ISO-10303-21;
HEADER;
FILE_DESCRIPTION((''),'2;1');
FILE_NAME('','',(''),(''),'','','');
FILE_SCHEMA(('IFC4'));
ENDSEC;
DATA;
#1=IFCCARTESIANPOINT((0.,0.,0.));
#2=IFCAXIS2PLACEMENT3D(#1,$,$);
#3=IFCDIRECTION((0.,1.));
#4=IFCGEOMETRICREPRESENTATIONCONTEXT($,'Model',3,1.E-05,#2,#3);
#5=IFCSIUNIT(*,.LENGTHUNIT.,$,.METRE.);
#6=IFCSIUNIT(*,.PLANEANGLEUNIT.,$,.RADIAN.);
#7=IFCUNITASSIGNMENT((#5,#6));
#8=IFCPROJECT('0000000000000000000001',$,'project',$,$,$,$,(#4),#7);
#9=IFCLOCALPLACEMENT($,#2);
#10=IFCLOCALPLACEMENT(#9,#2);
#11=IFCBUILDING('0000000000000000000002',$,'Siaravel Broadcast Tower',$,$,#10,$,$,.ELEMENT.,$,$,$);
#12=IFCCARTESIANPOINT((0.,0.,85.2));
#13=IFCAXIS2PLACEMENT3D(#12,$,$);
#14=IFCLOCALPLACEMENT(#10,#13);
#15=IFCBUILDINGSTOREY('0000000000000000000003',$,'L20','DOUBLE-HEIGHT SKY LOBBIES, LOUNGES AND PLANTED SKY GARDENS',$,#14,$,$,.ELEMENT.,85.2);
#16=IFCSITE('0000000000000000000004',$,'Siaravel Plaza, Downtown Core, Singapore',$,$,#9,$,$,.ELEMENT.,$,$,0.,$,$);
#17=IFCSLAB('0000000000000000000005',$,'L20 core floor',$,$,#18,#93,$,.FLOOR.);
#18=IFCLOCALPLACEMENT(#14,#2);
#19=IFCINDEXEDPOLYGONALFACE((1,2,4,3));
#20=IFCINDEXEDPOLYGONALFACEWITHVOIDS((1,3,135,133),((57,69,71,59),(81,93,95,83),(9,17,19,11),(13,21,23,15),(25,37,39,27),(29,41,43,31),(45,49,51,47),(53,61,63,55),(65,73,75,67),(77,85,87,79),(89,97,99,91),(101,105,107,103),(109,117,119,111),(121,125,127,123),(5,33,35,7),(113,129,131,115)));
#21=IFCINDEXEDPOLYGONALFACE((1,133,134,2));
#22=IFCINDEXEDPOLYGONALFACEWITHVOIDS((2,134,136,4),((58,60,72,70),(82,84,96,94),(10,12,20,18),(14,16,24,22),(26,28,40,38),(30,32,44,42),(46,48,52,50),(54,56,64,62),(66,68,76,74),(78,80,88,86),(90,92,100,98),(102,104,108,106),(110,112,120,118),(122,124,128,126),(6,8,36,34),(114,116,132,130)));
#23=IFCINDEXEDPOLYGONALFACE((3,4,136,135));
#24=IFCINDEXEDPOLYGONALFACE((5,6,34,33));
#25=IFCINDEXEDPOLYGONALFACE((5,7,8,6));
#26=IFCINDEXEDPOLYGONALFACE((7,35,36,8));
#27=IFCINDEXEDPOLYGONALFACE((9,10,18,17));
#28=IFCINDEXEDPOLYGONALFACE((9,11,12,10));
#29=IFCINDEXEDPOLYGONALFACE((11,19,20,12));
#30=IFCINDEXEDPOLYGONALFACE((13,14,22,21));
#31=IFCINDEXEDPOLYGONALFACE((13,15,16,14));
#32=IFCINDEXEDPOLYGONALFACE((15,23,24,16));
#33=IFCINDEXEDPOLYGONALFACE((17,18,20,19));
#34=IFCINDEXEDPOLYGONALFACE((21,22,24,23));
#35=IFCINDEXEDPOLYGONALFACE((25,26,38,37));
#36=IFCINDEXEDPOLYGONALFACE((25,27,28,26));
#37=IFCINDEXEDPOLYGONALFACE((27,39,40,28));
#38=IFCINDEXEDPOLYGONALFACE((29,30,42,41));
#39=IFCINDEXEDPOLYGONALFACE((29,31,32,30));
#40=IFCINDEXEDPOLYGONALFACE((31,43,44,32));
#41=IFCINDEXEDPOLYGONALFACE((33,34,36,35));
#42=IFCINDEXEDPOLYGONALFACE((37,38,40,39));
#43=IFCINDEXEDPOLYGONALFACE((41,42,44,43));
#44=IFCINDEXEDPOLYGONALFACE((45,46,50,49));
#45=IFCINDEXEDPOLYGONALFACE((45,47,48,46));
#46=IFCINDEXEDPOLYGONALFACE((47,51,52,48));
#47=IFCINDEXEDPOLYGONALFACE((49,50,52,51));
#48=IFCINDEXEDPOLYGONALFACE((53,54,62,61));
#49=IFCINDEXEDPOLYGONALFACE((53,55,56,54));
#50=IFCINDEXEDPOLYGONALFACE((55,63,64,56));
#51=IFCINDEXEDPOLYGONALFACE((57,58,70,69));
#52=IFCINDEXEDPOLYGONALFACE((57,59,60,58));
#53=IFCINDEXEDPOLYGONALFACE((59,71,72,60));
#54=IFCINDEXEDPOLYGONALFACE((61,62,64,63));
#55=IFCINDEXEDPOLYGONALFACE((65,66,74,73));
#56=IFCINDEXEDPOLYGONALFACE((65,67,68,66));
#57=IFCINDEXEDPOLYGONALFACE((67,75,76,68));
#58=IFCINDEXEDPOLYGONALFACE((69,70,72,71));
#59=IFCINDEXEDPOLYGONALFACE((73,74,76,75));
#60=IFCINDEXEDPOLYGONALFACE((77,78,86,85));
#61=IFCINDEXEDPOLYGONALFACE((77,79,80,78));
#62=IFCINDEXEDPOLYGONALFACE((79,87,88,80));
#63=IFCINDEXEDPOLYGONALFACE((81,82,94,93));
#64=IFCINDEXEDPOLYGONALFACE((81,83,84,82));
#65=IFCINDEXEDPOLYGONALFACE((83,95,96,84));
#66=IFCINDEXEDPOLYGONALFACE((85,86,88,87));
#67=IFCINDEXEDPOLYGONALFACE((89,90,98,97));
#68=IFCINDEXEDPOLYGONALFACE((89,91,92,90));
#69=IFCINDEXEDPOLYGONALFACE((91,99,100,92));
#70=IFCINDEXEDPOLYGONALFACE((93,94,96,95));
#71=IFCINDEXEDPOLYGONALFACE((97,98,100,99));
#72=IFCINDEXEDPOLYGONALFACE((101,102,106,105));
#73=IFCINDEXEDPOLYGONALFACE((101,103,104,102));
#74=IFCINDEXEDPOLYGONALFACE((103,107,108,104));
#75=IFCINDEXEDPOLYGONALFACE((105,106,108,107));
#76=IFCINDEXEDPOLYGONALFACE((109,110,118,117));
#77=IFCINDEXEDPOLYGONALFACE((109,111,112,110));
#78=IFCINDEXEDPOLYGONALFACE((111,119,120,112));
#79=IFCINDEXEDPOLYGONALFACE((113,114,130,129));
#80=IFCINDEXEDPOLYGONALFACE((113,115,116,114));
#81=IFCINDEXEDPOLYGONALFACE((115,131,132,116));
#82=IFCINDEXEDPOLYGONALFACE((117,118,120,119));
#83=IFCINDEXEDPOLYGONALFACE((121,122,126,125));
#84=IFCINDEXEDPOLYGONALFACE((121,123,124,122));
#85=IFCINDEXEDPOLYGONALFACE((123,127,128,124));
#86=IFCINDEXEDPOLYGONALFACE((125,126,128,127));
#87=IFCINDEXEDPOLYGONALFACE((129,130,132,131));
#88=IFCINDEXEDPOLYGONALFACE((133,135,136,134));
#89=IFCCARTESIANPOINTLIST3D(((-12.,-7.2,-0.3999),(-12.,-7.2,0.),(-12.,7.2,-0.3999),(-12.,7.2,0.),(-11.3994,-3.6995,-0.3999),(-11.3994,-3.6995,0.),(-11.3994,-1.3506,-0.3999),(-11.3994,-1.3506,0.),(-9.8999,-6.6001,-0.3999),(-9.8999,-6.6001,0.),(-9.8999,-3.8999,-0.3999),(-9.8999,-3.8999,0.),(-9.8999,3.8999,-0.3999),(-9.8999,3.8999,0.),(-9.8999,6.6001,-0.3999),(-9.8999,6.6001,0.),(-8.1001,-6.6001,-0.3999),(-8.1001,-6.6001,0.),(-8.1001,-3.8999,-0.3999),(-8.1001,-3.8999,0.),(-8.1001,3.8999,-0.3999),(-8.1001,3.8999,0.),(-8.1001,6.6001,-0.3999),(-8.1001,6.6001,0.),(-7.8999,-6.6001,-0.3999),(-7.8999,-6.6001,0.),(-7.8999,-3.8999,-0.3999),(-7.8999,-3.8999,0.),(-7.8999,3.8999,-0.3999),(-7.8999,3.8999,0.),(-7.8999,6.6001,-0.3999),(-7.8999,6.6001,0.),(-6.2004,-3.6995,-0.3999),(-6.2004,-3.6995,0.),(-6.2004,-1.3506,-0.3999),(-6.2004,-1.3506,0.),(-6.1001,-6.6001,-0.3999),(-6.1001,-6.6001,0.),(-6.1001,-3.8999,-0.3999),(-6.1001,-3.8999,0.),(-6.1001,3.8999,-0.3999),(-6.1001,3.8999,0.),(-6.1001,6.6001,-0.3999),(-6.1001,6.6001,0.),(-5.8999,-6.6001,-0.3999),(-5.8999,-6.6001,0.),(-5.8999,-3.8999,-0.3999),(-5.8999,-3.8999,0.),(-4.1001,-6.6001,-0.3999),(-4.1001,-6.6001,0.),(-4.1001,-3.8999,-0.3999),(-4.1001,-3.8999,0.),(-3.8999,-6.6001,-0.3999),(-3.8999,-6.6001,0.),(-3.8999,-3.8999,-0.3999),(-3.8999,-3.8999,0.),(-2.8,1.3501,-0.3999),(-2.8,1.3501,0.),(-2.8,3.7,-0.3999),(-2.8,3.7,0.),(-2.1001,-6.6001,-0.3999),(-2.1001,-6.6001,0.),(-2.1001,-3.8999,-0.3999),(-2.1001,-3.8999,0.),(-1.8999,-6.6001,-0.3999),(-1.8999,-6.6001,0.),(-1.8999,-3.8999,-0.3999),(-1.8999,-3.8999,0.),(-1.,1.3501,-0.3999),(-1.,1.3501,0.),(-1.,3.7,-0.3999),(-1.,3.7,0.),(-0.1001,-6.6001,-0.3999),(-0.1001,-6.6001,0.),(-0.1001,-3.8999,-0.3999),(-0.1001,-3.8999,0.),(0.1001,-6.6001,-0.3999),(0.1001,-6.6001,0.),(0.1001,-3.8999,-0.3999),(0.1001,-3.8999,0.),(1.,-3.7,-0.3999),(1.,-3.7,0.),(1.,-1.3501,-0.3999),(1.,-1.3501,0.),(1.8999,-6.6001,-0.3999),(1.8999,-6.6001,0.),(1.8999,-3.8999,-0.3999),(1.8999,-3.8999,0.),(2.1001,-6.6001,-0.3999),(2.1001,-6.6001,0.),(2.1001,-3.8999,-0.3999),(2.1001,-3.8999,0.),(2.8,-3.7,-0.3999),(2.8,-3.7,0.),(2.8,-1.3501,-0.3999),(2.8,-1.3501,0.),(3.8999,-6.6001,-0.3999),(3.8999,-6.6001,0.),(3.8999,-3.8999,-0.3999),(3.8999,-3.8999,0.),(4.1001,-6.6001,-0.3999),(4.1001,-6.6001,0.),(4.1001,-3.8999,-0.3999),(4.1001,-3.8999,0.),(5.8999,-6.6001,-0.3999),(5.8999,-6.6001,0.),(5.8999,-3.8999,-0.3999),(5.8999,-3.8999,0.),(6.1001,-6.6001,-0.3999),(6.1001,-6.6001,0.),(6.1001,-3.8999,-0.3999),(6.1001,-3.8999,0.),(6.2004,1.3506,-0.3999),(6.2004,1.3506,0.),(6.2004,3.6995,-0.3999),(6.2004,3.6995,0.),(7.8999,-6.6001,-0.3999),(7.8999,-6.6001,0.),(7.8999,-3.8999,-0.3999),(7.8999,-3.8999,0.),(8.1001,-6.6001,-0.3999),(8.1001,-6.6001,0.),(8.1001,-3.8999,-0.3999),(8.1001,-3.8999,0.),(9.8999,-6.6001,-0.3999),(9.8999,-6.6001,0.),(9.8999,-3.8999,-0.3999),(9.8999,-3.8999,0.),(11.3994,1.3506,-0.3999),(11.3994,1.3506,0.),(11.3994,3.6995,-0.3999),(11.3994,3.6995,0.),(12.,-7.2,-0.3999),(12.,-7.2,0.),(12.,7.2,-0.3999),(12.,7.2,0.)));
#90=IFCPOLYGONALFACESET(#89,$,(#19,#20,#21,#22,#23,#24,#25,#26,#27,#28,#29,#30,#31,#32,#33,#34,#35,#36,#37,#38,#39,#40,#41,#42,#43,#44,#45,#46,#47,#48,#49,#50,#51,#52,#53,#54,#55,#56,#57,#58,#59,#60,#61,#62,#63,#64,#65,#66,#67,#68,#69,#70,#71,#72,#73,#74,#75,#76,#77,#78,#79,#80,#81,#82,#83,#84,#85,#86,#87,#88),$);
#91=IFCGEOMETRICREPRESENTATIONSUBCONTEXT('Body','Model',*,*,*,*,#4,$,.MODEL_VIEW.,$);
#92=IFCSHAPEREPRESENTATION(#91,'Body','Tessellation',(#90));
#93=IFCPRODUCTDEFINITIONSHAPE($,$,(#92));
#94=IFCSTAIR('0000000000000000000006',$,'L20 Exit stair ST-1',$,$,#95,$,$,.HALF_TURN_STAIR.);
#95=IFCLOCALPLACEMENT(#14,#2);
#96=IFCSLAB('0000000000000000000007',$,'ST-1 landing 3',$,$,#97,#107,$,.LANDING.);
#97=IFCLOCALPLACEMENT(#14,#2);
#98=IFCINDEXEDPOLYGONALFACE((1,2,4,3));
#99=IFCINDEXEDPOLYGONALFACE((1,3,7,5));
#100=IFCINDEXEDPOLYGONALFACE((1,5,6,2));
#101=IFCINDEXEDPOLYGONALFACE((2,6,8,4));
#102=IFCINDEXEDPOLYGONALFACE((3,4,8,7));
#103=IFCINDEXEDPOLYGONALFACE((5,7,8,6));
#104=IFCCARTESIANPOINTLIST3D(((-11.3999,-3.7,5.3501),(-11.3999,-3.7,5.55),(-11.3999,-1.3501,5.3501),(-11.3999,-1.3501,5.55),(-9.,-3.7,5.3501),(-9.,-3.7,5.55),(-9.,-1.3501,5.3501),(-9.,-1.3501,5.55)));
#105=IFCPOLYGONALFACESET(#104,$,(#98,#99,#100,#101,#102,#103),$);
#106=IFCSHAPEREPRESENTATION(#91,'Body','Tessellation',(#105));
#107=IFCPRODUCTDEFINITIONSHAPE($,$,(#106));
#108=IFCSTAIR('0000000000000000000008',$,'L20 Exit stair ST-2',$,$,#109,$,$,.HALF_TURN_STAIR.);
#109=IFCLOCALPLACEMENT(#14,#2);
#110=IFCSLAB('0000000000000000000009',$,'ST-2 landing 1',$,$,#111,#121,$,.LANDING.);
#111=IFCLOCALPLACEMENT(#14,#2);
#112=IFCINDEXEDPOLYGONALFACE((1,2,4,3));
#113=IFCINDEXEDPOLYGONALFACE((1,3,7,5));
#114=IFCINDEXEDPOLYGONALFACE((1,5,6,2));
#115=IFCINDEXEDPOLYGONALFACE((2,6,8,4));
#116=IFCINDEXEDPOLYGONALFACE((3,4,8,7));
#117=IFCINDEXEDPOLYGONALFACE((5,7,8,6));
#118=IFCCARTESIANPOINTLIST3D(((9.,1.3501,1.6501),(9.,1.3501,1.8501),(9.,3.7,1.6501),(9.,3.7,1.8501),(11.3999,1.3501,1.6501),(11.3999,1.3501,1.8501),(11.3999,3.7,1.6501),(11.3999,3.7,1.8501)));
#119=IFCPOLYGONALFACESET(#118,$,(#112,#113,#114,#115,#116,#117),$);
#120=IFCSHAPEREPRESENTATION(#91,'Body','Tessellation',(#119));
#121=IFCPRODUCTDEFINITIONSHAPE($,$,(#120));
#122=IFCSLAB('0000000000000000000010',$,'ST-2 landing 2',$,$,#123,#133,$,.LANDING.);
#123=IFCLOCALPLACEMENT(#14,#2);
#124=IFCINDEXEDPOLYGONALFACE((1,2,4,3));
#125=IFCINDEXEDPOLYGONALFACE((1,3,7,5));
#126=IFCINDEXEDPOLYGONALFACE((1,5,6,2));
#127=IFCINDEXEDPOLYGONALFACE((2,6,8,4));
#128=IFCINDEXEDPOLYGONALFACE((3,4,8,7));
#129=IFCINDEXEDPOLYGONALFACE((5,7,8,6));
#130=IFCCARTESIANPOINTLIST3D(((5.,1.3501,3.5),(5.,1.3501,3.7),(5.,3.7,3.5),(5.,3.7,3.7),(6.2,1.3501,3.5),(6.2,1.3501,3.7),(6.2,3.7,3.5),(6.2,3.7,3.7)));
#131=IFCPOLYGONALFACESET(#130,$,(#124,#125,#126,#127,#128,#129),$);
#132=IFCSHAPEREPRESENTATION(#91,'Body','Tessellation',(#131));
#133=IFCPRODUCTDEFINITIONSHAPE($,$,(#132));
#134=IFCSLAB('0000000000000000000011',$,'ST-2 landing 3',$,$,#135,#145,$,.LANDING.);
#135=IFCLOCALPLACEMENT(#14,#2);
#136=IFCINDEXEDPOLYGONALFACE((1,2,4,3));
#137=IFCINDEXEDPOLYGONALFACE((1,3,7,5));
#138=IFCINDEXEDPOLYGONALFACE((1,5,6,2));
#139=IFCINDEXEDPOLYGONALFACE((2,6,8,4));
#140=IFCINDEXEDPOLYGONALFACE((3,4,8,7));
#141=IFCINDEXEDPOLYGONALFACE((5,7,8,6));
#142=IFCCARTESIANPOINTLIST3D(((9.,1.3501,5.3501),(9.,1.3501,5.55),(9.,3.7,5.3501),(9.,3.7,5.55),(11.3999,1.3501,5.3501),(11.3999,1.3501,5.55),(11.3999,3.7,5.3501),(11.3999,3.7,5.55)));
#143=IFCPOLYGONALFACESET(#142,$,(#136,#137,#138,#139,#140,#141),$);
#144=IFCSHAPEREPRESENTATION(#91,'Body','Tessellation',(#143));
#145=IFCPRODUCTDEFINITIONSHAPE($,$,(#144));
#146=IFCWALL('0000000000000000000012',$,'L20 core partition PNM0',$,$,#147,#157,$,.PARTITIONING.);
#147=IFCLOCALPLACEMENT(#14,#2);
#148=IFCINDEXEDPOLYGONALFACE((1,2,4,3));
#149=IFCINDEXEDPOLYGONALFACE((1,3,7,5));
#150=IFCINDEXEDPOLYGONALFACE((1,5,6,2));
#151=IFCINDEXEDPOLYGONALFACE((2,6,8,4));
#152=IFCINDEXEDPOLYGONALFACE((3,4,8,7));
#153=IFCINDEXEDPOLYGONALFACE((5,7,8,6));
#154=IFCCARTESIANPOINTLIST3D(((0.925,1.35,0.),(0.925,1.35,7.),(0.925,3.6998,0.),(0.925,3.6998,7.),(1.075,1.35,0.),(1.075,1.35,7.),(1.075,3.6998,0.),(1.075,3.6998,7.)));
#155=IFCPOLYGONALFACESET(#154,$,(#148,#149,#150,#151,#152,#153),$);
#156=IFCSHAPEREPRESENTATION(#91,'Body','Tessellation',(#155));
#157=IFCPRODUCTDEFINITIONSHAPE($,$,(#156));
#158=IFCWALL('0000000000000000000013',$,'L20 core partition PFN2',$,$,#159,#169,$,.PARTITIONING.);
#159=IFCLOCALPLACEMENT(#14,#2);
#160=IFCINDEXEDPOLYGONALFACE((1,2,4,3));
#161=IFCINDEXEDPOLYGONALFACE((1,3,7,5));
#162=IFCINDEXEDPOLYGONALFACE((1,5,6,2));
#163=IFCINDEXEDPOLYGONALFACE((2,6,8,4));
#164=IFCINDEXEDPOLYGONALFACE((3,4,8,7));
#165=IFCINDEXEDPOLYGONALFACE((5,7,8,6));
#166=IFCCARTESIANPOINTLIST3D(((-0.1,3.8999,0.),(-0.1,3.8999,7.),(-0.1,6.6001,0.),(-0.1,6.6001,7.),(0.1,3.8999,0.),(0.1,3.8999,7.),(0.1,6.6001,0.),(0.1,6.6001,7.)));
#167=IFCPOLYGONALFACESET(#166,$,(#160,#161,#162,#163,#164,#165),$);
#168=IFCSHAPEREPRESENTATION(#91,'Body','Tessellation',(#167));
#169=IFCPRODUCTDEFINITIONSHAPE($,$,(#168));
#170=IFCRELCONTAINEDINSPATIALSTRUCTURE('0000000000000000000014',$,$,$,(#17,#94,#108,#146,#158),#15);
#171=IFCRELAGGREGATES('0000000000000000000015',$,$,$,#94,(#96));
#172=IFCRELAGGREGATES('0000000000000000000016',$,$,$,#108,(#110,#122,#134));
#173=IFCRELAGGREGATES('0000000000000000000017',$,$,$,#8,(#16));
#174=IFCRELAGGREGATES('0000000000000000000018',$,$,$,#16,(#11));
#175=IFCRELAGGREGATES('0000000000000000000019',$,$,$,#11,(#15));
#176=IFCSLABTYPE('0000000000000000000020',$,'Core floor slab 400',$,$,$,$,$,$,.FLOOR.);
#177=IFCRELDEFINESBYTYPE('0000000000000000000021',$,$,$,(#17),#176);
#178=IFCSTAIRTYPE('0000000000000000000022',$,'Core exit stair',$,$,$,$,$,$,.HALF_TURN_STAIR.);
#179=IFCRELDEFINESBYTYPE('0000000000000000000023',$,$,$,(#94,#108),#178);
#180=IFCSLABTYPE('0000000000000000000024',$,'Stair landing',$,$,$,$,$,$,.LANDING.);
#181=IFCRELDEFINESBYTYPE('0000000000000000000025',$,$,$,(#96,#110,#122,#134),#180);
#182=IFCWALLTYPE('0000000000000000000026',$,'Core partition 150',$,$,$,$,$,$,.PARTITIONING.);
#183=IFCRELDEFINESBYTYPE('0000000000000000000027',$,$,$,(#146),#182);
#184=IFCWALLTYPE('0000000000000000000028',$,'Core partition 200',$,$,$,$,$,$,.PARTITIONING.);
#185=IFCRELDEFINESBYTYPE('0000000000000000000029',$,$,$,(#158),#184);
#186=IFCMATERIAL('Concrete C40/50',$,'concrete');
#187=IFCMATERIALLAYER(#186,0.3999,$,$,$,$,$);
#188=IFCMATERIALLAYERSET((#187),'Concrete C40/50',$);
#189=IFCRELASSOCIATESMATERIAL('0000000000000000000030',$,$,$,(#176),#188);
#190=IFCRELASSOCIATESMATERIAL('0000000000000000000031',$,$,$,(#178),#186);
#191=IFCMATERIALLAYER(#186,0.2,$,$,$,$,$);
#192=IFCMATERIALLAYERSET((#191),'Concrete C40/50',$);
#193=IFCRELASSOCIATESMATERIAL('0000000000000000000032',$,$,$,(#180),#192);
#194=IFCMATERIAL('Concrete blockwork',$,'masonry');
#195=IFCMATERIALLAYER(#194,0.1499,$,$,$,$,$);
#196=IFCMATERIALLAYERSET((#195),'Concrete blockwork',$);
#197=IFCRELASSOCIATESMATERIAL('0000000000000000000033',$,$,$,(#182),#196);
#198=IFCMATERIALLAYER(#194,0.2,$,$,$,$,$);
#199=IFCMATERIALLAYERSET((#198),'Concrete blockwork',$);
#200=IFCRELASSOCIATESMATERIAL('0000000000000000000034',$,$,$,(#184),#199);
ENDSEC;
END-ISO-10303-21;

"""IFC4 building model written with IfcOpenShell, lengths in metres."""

from ifc_helpers import new_model, si_unit, direction, frame, frame_2d, origin, place, context, subcontext, project, spatial, polyline, rectangle, outline, extrude, material, layer, layer_set, type_object, element, aggregate, save


model = new_model("IFC4")

# Units and contexts
model_context = context("Model", 3, precision=1e-05, world=origin(), true_north=direction((0.0, 1.0)))
body_context = subcontext(model_context, "Body", "Model", "MODEL_VIEW")
ifc_project = project(units=[si_unit("LENGTHUNIT", "METRE"), si_unit("PLANEANGLEUNIT", "RADIAN")], contexts=[model_context])

# Site, building, storey
site_placement = place(None, origin())
site = spatial("IfcSite", under=ifc_project, at=site_placement, Name="Siaravel Plaza, Downtown Core, Singapore", CompositionType="ELEMENT", RefElevation=0.0)
building_placement = place(site_placement, origin())
building = spatial("IfcBuilding", under=site, at=building_placement, Name="Siaravel Broadcast Tower", CompositionType="ELEMENT")
storey_placement = place(building_placement, frame((0.0, 0.0, 85.2)))
storey = spatial("IfcBuildingStorey", under=building, at=storey_placement, Name="L20", Description="DOUBLE-HEIGHT SKY LOBBIES, LOUNGES AND PLANTED SKY GARDENS", CompositionType="ELEMENT", Elevation=85.2)

# Slab
ifc_material_1 = material(Name="Concrete C40/50", Category="concrete")
ifc_layer_1 = layer(ifc_material_1, 0.3999)
ifc_layer_set_1 = layer_set([ifc_layer_1], Name="Concrete C40/50")
slab_type_1 = type_object("IfcSlabType", Name="Core floor slab 400", PredefinedType="FLOOR", material=ifc_layer_set_1)
slab_1_placement = place(storey_placement, frame((0.0, 0.0, -0.3999)))
element("IfcSlab", 1, at=slab_1_placement, inside=storey, type_object=slab_type_1, Name="L20 core floor", PredefinedType="FLOOR", context=body_context, shape_type="SweptSolid", body=[
    extrude(outline(polyline([(-12.0, -7.2), (-12.0, 7.2), (12.0, 7.2), (12.0, -7.2), (-12.0, -7.2)]), holes=[polyline([(11.3994, 1.3506), (11.3994, 3.6995), (6.2004, 3.6995), (6.2004, 1.3506), (11.3994, 1.3506)]), polyline([(9.8999, -3.8999), (8.1001, -3.8999), (8.1001, -6.6001), (9.8999, -6.6001), (9.8999, -3.8999)]), polyline([(7.8999, -3.8999), (6.1001, -3.8999), (6.1001, -6.6001), (7.8999, -6.6001), (7.8999, -3.8999)]), polyline([(5.8999, -3.8999), (4.1001, -3.8999), (4.1001, -6.6001), (5.8999, -6.6001), (5.8999, -3.8999)]), polyline([(3.8999, -3.8999), (2.1001, -3.8999), (2.1001, -6.6001), (3.8999, -6.6001), (3.8999, -3.8999)]), polyline([(2.8, -1.3501), (1.0, -1.3501), (1.0, -3.7), (2.8, -3.7), (2.8, -1.3501)]), polyline([(1.8999, -3.8999), (0.1001, -3.8999), (0.1001, -6.6001), (1.8999, -6.6001), (1.8999, -3.8999)]), polyline([(-0.1001, -3.8999), (-1.8999, -3.8999), (-1.8999, -6.6001), (-0.1001, -6.6001), (-0.1001, -3.8999)]), polyline([(-1.0, 3.7), (-2.8, 3.7), (-2.8, 1.3501), (-1.0, 1.3501), (-1.0, 3.7)]), polyline([(-2.1001, -3.8999), (-3.8999, -3.8999), (-3.8999, -6.6001), (-2.1001, -6.6001), (-2.1001, -3.8999)]), polyline([(-4.1001, -3.8999), (-5.8999, -3.8999), (-5.8999, -6.6001), (-4.1001, -6.6001), (-4.1001, -3.8999)]), polyline([(-6.1001, -3.8999), (-7.8999, -3.8999), (-7.8999, -6.6001), (-6.1001, -6.6001), (-6.1001, -3.8999)]), polyline([(-6.1001, 6.6001), (-7.8999, 6.6001), (-7.8999, 3.8999), (-6.1001, 3.8999), (-6.1001, 6.6001)]), polyline([(-11.3994, -1.3506), (-11.3994, -3.6995), (-6.2004, -3.6995), (-6.2004, -1.3506), (-11.3994, -1.3506)]), polyline([(-8.1001, -3.8999), (-9.8999, -3.8999), (-9.8999, -6.6001), (-8.1001, -6.6001), (-8.1001, -3.8999)]), polyline([(-8.1001, 6.6001), (-9.8999, 6.6001), (-9.8999, 3.8999), (-8.1001, 3.8999), (-8.1001, 6.6001)])]), origin(), (0.0, 0.0, 1.0), 0.3999),
])

# Stair, slab
stair_type = type_object("IfcStairType", Name="Core exit stair", PredefinedType="HALF_TURN_STAIR", material=ifc_material_1)
stair_1_placement = place(storey_placement, origin())
stair_1 = element("IfcStair", 2, at=stair_1_placement, inside=storey, type_object=stair_type, Name="L20 Exit stair ST-1", PredefinedType="HALF_TURN_STAIR")
ifc_layer_2 = layer(ifc_material_1, 0.2)
ifc_layer_set_2 = layer_set([ifc_layer_2], Name="Concrete C40/50")
slab_type_2 = type_object("IfcSlabType", Name="Stair landing", PredefinedType="LANDING", material=ifc_layer_set_2)
slab_2_placement = place(storey_placement, frame((0.0, 0.0, 5.3501)))
slab_2 = element("IfcSlab", 3, at=slab_2_placement, type_object=slab_type_2, Name="ST-1 landing 3", PredefinedType="LANDING", context=body_context, shape_type="SweptSolid", body=[
    extrude(outline(polyline([(-9.0, -1.3501), (-11.3999, -1.3501), (-11.3999, -3.7), (-9.0, -3.7), (-9.0, -1.3501)])), origin(), (0.0, 0.0, 1.0), 0.2),
])
aggregate(stair_1, [slab_2])

# Stair, slabs
stair_2_placement = place(storey_placement, origin())
stair_2 = element("IfcStair", 4, at=stair_2_placement, inside=storey, type_object=stair_type, Name="L20 Exit stair ST-2", PredefinedType="HALF_TURN_STAIR")
slab_3_placement = place(storey_placement, frame((0.0, 0.0, 1.6501)))
slab_3 = element("IfcSlab", 5, at=slab_3_placement, type_object=slab_type_2, Name="ST-2 landing 1", PredefinedType="LANDING", context=body_context, shape_type="SweptSolid", body=[
    extrude(outline(polyline([(9.0, 1.3501), (11.3999, 1.3501), (11.3999, 3.7), (9.0, 3.7), (9.0, 1.3501)])), origin(), (0.0, 0.0, 1.0), 0.2),
])
slab_4_placement = place(storey_placement, frame((0.0, 0.0, 3.5)))
slab_4 = element("IfcSlab", 6, at=slab_4_placement, type_object=slab_type_2, Name="ST-2 landing 2", PredefinedType="LANDING", context=body_context, shape_type="SweptSolid", body=[
    extrude(outline(polyline([(5.0, 1.3501), (6.2, 1.3501), (6.2, 3.7), (5.0, 3.7), (5.0, 1.3501)])), origin(), (0.0, 0.0, 1.0), 0.2),
])
slab_5_placement = place(storey_placement, frame((0.0, 0.0, 5.3501)))
slab_5 = element("IfcSlab", 7, at=slab_5_placement, type_object=slab_type_2, Name="ST-2 landing 3", PredefinedType="LANDING", context=body_context, shape_type="SweptSolid", body=[
    extrude(outline(polyline([(9.0, 1.3501), (11.3999, 1.3501), (11.3999, 3.7), (9.0, 3.7), (9.0, 1.3501)])), origin(), (0.0, 0.0, 1.0), 0.2),
])

# Walls
ifc_material_2 = material(Name="Concrete blockwork", Category="masonry")
ifc_layer_3 = layer(ifc_material_2, 0.1499)
ifc_layer_set_3 = layer_set([ifc_layer_3], Name="Concrete blockwork")
wall_type_1 = type_object("IfcWallType", Name="Core partition 150", PredefinedType="PARTITIONING", material=ifc_layer_set_3)
wall_1_placement = place(storey_placement, frame((1.0, 1.3501, 0.0), z_axis=(0.0, 0.0, 1.0), x_axis=(0.0, 1.0, 0.0)))
element("IfcWall", 8, at=wall_1_placement, inside=storey, type_object=wall_type_1, Name="L20 core partition PNM0", PredefinedType="PARTITIONING", context=body_context, shape_type="SweptSolid", body=[
    extrude(rectangle(XDim=2.3499, YDim=0.1499, at=frame_2d((1.1748, 0.0))), origin(), (0.0, 0.0, 1.0), 7.0),
])
ifc_layer_4 = layer(ifc_material_2, 0.2)
ifc_layer_set_4 = layer_set([ifc_layer_4], Name="Concrete blockwork")
wall_type_2 = type_object("IfcWallType", Name="Core partition 200", PredefinedType="PARTITIONING", material=ifc_layer_set_4)
wall_2_placement = place(storey_placement, frame((0.0, 3.8999, 0.0), z_axis=(0.0, 0.0, 1.0), x_axis=(0.0, 1.0, 0.0)))
element("IfcWall", 9, at=wall_2_placement, inside=storey, type_object=wall_type_2, Name="L20 core partition PFN2", PredefinedType="PARTITIONING", context=body_context, shape_type="SweptSolid", body=[
    extrude(rectangle(XDim=2.7002, YDim=0.2, at=frame_2d((1.3501, 0.0))), origin(), (0.0, 0.0, 1.0), 7.0),
])

aggregate(stair_2, [slab_3, slab_4, slab_5])

save(model, "model.ifc")
